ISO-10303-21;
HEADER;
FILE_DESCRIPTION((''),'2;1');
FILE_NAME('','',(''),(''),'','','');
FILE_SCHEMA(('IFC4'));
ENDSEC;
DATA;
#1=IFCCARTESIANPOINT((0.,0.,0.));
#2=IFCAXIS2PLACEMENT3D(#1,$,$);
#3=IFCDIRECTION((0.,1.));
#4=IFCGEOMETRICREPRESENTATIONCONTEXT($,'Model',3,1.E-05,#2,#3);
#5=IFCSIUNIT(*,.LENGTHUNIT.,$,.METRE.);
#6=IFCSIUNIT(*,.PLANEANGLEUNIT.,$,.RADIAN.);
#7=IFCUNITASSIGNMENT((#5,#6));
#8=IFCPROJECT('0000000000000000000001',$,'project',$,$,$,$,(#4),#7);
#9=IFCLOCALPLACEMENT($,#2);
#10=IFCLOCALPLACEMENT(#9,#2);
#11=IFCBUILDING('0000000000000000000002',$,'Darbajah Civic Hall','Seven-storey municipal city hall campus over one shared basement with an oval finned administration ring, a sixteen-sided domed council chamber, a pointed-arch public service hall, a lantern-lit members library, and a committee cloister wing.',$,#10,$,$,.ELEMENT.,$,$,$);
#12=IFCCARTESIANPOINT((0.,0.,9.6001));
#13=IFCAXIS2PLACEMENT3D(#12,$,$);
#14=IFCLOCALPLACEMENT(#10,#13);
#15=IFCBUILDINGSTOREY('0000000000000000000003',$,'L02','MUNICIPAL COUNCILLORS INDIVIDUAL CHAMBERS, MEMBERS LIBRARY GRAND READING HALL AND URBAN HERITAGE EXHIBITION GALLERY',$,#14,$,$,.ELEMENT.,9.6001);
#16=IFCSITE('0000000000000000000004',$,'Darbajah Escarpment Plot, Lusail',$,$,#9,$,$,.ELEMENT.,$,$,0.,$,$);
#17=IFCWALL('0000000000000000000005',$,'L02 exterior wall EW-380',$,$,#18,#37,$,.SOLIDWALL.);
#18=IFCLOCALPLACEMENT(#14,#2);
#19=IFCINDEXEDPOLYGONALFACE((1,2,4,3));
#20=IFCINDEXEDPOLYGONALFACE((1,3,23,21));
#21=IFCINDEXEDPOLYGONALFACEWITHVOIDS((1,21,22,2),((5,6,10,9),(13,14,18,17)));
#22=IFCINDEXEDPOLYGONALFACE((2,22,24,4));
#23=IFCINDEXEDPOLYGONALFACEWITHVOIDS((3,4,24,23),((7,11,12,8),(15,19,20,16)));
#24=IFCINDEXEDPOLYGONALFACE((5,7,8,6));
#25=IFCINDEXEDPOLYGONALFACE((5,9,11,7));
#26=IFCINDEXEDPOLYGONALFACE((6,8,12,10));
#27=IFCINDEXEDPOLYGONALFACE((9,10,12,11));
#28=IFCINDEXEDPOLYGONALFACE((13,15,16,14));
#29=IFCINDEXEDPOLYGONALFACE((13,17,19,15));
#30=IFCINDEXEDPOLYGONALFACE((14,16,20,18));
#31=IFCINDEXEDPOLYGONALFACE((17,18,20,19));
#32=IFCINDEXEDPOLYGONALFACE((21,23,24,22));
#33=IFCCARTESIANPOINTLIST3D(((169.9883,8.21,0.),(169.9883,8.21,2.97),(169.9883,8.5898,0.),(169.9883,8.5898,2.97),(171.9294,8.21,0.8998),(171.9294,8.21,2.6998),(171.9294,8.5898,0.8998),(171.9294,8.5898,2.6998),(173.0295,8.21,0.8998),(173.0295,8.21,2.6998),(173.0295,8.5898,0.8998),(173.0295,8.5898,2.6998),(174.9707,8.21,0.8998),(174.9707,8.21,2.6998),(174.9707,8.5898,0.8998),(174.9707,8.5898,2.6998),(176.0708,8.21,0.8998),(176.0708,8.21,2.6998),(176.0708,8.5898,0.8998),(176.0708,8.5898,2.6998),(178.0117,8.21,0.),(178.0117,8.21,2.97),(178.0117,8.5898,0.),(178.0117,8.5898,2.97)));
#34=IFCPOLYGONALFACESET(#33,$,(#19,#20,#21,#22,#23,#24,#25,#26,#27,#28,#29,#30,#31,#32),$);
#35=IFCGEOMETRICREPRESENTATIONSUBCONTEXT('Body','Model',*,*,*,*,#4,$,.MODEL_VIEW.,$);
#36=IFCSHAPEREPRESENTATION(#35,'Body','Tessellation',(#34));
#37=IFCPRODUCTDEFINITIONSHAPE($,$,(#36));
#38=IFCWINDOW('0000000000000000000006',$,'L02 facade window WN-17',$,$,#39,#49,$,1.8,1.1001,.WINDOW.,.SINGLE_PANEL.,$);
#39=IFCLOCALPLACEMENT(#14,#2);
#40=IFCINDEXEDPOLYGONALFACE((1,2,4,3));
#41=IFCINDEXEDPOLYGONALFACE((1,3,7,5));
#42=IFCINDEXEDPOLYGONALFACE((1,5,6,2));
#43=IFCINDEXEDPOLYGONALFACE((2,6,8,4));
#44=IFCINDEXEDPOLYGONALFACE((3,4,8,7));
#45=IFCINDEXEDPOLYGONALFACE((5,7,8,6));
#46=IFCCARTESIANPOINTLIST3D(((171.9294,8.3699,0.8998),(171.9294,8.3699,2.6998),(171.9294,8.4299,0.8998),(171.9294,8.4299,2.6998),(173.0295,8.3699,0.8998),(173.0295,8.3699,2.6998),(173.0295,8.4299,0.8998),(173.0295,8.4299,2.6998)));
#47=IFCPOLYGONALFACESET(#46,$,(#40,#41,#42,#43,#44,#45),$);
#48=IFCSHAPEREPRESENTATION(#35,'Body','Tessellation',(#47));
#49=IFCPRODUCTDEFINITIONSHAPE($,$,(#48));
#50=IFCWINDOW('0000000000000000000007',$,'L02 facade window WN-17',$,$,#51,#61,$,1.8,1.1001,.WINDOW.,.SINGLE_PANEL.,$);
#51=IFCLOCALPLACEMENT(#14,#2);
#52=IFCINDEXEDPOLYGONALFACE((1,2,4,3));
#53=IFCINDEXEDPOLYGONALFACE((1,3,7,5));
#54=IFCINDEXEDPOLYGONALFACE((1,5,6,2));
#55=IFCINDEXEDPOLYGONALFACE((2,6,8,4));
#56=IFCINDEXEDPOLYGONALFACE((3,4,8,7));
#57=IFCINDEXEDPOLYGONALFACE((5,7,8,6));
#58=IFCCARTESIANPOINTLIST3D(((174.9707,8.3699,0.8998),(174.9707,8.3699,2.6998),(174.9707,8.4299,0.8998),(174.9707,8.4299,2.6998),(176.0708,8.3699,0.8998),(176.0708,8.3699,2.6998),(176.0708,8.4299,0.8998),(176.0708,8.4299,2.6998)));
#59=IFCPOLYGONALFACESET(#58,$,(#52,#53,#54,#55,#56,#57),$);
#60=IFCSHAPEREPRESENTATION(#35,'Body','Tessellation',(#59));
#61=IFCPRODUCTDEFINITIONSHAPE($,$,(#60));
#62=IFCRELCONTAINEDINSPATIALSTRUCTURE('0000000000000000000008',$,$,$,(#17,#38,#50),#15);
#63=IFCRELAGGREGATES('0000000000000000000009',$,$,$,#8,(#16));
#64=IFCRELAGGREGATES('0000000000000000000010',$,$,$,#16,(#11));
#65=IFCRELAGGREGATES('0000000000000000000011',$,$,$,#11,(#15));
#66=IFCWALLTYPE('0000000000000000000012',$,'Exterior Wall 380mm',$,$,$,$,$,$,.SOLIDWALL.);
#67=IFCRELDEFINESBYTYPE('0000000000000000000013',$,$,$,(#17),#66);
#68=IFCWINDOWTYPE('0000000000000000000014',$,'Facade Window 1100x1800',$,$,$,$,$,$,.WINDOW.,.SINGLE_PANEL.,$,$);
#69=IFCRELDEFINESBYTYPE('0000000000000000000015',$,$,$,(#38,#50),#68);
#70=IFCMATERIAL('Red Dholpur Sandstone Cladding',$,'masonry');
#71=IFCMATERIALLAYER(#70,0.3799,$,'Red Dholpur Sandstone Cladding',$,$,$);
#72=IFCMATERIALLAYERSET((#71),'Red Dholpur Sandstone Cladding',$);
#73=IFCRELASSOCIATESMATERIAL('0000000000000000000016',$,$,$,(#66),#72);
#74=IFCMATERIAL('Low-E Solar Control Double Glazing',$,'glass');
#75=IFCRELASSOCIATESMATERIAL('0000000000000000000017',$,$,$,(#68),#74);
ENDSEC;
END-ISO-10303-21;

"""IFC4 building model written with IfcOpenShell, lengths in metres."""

from ifc_helpers import new_model, si_unit, direction, frame, frame_2d, origin, place, context, subcontext, project, spatial, rectangle, extrude, material, layer, layer_set, type_object, element, fill, save


model = new_model("IFC4")

# Units and contexts
model_context = context("Model", 3, precision=1e-05, world=origin(), true_north=direction((0.0, 1.0)))
body_context = subcontext(model_context, "Body", "Model", "MODEL_VIEW")
ifc_project = project(units=[si_unit("LENGTHUNIT", "METRE"), si_unit("PLANEANGLEUNIT", "RADIAN")], contexts=[model_context])

# Site, building, storey
site_placement = place(None, origin())
site = spatial("IfcSite", under=ifc_project, at=site_placement, Name="Darbajah Escarpment Plot, Lusail", CompositionType="ELEMENT", RefElevation=0.0)
building_placement = place(site_placement, origin())
building = spatial("IfcBuilding", under=site, at=building_placement, Name="Darbajah Civic Hall", Description="Seven-storey municipal city hall campus over one shared basement with an oval finned administration ring, a sixteen-sided domed council chamber, a pointed-arch public service hall, a lantern-lit members library, and a committee cloister wing.", CompositionType="ELEMENT")
storey_placement = place(building_placement, frame((0.0, 0.0, 9.6001)))
storey = spatial("IfcBuildingStorey", under=building, at=storey_placement, Name="L02", Description="MUNICIPAL COUNCILLORS INDIVIDUAL CHAMBERS, MEMBERS LIBRARY GRAND READING HALL AND URBAN HERITAGE EXHIBITION GALLERY", CompositionType="ELEMENT", Elevation=9.6001)

# Shared definitions
ifc_material_1 = material(Name="Low-E Solar Control Double Glazing", Category="glass")

# Wall, openings, windows
ifc_material_2 = material(Name="Red Dholpur Sandstone Cladding", Category="masonry")
ifc_layer_1 = layer(ifc_material_2, 0.3799, Name="Red Dholpur Sandstone Cladding")
ifc_layer_set_1 = layer_set([ifc_layer_1], Name="Red Dholpur Sandstone Cladding")
wall_type = type_object("IfcWallType", Name="Exterior Wall 380mm", PredefinedType="SOLIDWALL", material=ifc_layer_set_1)
wall_placement = place(storey_placement, frame((169.9883, 8.3999, 0.0), z_axis=(0.0, 0.0, 1.0), x_axis=(1.0, 0.0, 0.0)))
wall = element("IfcWall", 1, at=wall_placement, inside=storey, type_object=wall_type, Name="L02 exterior wall EW-380", PredefinedType="SOLIDWALL", context=body_context, shape_type="SweptSolid", body=[
    extrude(rectangle(XDim=8.0234, YDim=0.3799, at=frame_2d((4.0117, 0.0))), origin(), (0.0, 0.0, 1.0), 2.97),
])
opening_1_placement = place(wall_placement, frame((1.9412, 0.0, 0.8999)))
opening_1 = element("IfcOpeningElement", 2, at=opening_1_placement, cuts=wall, PredefinedType="OPENING", context=body_context, shape_type="SweptSolid", body=[
    extrude(rectangle(XDim=1.1001, YDim=1.8, at=frame_2d((0.55, 0.8999))), frame((0.0, 0.2, 0.0), z_axis=(0.0, -1.0, 0.0), x_axis=(1.0, 0.0, 0.0)), (0.0, 0.0, 1.0), 0.3999),
])
opening_2_placement = place(wall_placement, frame((4.9824, 0.0, 0.8999)))
opening_2 = element("IfcOpeningElement", 3, at=opening_2_placement, cuts=wall, PredefinedType="OPENING", context=body_context, shape_type="SweptSolid", body=[
    extrude(rectangle(XDim=1.1001, YDim=1.8, at=frame_2d((0.55, 0.8999))), frame((0.0, 0.2, 0.0), z_axis=(0.0, -1.0, 0.0), x_axis=(1.0, 0.0, 0.0)), (0.0, 0.0, 1.0), 0.3999),
])
window_type = type_object("IfcWindowType", Name="Facade Window 1100x1800", PartitioningType="SINGLE_PANEL", PredefinedType="WINDOW", material=ifc_material_1)
window_1_placement = place(opening_1_placement, origin())
window_1 = element("IfcWindow", 4, at=window_1_placement, inside=storey, type_object=window_type, Name="L02 facade window WN-17", OverallHeight=1.8, OverallWidth=1.1001, PartitioningType="SINGLE_PANEL", PredefinedType="WINDOW", context=body_context, shape_type="SweptSolid", body=[
    extrude(rectangle(XDim=1.1001, YDim=1.8, at=frame_2d((0.55, 0.8999))), frame((0.0, 0.03, 0.0), z_axis=(0.0, -1.0, 0.0), x_axis=(1.0, 0.0, 0.0)), (0.0, 0.0, 1.0), 0.0601),
])
fill(opening_1, window_1)
window_2_placement = place(opening_2_placement, origin())
window_2 = element("IfcWindow", 5, at=window_2_placement, inside=storey, type_object=window_type, Name="L02 facade window WN-17", OverallHeight=1.8, OverallWidth=1.1001, PartitioningType="SINGLE_PANEL", PredefinedType="WINDOW", context=body_context, shape_type="SweptSolid", body=[
    extrude(rectangle(XDim=1.1001, YDim=1.8, at=frame_2d((0.55, 0.8999))), frame((0.0, 0.03, 0.0), z_axis=(0.0, -1.0, 0.0), x_axis=(1.0, 0.0, 0.0)), (0.0, 0.0, 1.0), 0.0601),
])
fill(opening_2, window_2)

save(model, "model.ifc")
